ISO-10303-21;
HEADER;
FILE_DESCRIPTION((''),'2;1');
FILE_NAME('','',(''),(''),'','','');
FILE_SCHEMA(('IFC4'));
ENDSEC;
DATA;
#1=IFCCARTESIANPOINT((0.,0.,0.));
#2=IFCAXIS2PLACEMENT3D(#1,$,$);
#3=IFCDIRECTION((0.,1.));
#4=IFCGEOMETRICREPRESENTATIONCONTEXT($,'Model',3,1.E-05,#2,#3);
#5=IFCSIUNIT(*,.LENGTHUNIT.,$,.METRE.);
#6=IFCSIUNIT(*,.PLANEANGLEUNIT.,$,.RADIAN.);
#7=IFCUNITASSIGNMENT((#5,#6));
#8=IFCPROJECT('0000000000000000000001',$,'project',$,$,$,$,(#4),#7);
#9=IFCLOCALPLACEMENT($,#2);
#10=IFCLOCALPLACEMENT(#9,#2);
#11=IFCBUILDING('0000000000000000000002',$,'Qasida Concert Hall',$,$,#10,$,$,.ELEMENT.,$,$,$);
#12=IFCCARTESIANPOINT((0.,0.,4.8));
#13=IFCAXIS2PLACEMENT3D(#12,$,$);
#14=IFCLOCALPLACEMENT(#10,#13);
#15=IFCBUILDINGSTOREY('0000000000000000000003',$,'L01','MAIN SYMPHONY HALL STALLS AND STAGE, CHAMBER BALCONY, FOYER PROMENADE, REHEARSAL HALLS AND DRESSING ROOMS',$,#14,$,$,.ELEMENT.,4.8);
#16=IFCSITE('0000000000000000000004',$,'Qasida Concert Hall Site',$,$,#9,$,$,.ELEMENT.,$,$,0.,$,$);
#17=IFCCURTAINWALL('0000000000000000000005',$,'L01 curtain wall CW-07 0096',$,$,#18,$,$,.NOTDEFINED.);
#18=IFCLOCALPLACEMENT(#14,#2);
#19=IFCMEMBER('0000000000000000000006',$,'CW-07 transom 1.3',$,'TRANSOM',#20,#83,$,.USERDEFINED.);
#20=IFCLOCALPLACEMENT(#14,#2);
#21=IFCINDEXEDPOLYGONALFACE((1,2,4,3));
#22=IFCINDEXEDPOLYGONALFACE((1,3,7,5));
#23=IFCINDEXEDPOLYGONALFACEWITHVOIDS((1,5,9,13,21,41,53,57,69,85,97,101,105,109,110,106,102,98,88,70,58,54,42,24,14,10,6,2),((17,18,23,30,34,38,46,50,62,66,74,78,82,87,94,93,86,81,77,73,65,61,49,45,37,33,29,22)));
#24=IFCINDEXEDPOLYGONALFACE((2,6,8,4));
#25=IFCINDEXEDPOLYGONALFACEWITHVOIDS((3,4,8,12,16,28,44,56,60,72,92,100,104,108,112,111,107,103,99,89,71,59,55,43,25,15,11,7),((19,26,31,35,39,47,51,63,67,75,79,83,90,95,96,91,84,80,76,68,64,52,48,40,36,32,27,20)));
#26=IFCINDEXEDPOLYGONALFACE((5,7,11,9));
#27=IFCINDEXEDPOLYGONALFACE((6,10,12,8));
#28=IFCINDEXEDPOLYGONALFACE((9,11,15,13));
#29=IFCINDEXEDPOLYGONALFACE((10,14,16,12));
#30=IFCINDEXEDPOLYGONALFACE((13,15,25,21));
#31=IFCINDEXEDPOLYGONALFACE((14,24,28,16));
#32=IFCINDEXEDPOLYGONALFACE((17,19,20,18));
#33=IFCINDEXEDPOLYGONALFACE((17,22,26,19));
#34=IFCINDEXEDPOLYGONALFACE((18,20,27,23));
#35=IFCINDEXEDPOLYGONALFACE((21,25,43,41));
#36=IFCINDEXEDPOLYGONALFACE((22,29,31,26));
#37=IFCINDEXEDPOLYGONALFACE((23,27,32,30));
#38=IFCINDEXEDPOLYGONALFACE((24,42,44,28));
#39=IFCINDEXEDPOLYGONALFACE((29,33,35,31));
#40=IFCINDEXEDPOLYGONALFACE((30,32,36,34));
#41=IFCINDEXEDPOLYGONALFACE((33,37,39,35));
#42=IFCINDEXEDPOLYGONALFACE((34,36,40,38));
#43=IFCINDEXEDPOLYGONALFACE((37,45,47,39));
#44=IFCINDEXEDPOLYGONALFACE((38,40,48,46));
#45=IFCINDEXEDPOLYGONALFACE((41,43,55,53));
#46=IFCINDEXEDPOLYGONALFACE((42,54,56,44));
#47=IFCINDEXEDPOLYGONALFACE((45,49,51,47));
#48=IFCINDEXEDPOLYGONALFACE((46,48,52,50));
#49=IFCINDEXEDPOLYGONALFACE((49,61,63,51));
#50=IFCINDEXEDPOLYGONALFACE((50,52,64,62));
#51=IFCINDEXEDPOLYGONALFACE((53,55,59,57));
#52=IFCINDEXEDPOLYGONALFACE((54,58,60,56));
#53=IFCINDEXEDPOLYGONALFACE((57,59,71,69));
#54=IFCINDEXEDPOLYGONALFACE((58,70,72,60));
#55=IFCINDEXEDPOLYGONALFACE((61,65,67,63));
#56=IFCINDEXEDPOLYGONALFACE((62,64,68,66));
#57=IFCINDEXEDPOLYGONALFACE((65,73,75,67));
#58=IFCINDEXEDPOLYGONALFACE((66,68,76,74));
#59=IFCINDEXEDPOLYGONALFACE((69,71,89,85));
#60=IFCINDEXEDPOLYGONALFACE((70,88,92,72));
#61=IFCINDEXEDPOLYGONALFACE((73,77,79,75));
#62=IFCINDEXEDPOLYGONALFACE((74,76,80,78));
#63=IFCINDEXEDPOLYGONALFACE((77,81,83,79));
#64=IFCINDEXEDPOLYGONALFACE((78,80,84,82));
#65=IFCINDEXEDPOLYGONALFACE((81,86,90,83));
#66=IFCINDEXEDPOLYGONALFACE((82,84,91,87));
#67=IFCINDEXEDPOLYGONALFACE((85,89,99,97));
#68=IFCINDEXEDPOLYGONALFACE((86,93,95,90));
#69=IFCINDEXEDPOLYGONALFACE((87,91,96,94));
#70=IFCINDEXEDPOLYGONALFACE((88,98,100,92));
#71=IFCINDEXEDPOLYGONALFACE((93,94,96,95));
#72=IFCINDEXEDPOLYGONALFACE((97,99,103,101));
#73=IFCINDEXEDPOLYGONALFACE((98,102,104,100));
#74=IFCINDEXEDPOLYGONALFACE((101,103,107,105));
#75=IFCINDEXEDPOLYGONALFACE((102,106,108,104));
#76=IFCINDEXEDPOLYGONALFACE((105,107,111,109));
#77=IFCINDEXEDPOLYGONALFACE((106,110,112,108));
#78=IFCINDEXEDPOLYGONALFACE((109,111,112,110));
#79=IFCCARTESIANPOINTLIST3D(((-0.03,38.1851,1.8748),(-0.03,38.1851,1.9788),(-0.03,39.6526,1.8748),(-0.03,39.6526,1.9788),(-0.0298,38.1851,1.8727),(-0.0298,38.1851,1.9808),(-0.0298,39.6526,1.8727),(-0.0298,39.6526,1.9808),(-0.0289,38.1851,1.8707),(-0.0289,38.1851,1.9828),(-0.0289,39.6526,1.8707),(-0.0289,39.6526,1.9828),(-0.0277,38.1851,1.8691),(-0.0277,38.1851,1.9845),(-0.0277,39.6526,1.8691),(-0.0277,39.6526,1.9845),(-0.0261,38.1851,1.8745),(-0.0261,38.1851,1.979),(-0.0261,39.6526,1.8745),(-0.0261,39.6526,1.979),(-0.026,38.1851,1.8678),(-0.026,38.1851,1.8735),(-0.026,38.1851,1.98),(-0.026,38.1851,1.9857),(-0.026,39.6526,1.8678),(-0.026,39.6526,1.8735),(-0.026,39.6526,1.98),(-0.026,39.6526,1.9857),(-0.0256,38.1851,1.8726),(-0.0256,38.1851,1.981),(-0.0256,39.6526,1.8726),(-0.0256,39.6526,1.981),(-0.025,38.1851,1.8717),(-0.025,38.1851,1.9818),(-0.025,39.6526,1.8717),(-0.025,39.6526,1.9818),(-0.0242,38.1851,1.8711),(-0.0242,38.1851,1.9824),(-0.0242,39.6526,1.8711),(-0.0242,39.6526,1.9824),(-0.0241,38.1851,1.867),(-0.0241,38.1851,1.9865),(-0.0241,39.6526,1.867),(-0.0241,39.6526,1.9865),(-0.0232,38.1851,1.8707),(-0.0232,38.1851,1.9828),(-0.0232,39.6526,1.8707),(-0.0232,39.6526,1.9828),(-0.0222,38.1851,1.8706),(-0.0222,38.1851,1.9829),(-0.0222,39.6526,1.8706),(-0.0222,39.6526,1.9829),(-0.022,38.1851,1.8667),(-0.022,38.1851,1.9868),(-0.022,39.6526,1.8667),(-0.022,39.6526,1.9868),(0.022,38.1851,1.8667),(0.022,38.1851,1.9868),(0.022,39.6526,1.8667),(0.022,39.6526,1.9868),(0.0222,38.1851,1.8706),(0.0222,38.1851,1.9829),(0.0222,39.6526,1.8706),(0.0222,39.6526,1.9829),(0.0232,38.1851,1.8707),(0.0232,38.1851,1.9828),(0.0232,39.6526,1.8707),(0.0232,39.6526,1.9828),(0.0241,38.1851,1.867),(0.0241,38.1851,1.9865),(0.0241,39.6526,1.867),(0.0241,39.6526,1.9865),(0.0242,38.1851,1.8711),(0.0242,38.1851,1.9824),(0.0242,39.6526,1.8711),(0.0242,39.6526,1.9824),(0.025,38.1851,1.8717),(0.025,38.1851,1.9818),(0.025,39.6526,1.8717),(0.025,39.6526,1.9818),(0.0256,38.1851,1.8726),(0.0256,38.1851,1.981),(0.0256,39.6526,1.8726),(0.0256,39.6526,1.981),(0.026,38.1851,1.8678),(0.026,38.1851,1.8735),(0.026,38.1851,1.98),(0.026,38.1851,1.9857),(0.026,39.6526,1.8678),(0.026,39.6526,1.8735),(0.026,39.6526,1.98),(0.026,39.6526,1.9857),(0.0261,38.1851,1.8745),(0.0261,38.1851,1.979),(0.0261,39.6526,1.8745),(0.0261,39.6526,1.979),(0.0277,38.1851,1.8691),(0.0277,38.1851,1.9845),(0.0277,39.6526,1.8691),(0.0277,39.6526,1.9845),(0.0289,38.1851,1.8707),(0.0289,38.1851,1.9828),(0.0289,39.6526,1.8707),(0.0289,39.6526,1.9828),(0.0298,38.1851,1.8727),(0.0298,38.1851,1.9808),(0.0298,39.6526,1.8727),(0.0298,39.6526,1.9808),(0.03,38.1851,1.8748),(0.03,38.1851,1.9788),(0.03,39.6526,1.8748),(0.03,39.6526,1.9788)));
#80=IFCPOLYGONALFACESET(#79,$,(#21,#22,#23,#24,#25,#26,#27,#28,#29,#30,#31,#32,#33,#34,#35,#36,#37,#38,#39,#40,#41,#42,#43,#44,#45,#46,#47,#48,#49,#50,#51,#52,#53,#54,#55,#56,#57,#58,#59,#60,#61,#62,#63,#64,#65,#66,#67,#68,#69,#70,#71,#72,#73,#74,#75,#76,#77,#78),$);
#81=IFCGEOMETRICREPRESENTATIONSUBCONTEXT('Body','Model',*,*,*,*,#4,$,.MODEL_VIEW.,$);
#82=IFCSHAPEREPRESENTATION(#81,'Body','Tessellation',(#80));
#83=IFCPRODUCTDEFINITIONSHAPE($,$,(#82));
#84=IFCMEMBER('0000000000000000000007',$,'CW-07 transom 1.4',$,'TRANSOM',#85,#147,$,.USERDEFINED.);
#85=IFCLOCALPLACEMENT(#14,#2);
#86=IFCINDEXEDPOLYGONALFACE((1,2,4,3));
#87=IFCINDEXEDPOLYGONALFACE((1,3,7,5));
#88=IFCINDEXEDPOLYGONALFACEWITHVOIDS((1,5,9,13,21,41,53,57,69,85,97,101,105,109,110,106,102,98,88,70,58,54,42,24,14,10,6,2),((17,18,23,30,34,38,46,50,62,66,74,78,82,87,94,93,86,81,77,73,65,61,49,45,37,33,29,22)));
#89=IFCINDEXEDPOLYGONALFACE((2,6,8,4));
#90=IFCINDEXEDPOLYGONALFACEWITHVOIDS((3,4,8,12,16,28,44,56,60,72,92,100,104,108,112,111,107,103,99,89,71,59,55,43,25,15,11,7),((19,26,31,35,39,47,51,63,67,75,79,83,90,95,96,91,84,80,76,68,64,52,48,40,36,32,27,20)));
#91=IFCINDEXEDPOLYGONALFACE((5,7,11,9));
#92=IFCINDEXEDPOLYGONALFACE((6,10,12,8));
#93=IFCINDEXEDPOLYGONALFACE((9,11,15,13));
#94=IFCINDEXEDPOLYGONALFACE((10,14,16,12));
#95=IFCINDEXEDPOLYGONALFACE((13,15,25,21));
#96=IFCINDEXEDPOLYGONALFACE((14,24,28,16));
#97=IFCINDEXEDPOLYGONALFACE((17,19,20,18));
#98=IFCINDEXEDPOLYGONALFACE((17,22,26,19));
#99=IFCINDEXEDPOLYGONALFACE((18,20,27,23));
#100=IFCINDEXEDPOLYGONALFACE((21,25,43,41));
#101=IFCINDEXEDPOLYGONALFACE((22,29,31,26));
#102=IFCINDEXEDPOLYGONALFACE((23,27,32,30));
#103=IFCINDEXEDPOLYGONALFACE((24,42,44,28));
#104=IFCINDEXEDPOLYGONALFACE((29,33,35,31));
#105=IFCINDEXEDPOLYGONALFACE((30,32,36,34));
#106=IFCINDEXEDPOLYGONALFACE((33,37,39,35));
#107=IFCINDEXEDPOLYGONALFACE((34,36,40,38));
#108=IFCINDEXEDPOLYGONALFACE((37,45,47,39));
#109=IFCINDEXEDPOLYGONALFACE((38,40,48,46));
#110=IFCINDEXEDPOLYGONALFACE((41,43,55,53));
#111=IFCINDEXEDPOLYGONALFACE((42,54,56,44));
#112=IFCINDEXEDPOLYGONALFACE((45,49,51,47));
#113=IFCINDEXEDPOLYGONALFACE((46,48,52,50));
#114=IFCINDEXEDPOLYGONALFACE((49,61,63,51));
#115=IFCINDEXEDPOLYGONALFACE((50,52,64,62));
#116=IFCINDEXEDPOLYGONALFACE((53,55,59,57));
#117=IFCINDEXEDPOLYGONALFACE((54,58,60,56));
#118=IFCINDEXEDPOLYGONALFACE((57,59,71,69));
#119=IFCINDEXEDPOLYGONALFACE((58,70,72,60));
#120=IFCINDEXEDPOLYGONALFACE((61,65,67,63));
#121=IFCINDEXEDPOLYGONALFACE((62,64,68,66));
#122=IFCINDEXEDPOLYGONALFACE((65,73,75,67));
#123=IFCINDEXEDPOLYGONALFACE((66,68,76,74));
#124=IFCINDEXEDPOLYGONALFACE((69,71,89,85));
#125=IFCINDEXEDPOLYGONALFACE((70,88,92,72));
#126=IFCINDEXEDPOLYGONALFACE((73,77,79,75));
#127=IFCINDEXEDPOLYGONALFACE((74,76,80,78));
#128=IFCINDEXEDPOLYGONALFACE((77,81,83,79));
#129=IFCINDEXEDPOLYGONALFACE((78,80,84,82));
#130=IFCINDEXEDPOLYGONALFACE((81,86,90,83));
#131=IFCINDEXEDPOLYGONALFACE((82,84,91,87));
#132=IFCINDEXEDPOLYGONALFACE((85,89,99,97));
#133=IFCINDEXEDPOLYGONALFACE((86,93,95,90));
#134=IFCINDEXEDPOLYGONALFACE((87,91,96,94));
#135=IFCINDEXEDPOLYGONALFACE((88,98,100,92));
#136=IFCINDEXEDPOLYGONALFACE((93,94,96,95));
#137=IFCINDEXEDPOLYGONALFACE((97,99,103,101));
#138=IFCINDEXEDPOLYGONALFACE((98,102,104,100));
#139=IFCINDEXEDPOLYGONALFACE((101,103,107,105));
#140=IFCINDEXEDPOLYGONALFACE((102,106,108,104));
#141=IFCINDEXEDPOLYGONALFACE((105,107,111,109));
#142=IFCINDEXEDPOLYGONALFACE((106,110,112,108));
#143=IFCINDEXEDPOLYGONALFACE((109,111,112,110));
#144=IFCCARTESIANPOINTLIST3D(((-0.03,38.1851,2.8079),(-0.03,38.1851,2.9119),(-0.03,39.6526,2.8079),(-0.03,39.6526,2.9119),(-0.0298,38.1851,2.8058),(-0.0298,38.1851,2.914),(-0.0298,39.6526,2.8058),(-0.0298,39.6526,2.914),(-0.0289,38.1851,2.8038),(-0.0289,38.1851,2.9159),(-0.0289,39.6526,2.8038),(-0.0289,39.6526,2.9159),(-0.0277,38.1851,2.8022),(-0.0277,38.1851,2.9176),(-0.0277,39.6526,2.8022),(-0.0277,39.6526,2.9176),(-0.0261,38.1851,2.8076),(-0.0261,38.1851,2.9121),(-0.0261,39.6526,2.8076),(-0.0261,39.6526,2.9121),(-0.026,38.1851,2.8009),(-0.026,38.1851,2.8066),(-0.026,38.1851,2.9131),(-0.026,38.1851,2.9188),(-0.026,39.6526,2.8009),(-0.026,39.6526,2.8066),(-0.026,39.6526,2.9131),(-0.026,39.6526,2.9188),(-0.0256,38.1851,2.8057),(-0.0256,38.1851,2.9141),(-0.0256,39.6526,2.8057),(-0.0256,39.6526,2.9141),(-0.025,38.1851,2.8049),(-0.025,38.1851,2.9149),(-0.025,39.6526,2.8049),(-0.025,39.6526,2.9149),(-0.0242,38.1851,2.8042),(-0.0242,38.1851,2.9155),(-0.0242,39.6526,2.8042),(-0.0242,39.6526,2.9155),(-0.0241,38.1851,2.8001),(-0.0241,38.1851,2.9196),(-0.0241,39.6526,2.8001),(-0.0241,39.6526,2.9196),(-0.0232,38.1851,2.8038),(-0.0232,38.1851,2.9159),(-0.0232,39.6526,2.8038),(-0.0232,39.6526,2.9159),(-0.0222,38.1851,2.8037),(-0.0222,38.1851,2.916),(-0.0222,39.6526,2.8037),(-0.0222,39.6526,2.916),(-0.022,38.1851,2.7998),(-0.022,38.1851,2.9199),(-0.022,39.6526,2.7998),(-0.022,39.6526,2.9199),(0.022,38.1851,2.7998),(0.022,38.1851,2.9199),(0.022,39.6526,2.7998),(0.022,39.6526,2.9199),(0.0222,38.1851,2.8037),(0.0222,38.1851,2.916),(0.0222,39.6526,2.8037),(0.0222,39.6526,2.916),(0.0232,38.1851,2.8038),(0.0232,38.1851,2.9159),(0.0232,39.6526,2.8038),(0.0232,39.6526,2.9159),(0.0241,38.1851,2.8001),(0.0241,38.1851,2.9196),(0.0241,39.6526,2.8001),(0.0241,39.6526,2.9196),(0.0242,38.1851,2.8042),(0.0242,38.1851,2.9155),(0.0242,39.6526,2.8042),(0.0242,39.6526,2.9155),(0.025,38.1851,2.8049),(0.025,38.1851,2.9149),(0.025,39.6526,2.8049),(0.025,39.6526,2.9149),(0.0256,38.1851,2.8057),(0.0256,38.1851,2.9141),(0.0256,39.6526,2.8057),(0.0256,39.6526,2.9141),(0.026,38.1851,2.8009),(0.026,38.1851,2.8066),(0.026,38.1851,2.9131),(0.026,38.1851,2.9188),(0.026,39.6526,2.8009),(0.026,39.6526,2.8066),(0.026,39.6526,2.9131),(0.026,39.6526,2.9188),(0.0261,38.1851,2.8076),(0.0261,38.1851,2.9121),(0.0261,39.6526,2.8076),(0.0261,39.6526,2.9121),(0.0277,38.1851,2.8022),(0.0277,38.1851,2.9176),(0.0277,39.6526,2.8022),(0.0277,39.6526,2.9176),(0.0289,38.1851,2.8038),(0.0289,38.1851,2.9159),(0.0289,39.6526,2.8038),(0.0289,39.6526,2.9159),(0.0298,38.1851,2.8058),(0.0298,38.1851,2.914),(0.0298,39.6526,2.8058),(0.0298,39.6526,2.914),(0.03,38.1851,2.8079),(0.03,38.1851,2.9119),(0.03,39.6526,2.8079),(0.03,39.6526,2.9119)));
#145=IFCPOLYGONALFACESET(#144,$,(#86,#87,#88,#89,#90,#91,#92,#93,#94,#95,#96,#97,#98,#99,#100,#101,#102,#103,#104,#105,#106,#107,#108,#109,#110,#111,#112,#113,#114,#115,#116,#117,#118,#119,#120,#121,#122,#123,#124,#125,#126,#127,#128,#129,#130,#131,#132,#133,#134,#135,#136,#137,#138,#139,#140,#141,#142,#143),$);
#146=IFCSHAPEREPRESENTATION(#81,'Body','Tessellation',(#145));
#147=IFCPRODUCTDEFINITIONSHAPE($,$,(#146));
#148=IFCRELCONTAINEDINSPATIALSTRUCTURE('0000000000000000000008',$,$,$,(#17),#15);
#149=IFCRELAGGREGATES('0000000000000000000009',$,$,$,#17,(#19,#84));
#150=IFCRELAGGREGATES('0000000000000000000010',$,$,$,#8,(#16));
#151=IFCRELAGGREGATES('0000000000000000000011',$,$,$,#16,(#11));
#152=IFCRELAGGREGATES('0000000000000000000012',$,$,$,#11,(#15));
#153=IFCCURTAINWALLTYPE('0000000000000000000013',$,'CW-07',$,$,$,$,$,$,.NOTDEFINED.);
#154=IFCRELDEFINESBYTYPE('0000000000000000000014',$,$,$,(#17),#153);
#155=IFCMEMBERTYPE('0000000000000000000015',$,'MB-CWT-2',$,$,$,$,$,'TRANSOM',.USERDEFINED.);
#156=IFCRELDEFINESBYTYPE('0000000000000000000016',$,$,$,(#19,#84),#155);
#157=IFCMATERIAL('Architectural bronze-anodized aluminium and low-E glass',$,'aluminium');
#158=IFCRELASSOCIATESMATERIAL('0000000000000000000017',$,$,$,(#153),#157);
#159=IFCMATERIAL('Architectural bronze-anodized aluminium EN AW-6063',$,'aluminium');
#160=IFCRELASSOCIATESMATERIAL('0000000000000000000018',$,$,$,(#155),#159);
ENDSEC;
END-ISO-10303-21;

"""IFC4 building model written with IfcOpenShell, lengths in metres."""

from ifc_helpers import new_model, si_unit, direction, frame, origin, origin_2d, place, context, subcontext, project, spatial, hollow_rectangle, extrude, material, material_profile, profile_set, type_object, element, aggregate, save


model = new_model("IFC4")

# Units and contexts
model_context = context("Model", 3, precision=1e-05, world=origin(), true_north=direction((0.0, 1.0)))
body_context = subcontext(model_context, "Body", "Model", "MODEL_VIEW")
ifc_project = project(units=[si_unit("LENGTHUNIT", "METRE"), si_unit("PLANEANGLEUNIT", "RADIAN")], contexts=[model_context])

# Site, building, storey
site_placement = place(None, origin())
site = spatial("IfcSite", under=ifc_project, at=site_placement, Name="Qasida Concert Hall Site", CompositionType="ELEMENT", RefElevation=0.0)
building_placement = place(site_placement, origin())
building = spatial("IfcBuilding", under=site, at=building_placement, Name="Qasida Concert Hall", CompositionType="ELEMENT")
storey_placement = place(building_placement, frame((0.0, 0.0, 4.8)))
storey = spatial("IfcBuildingStorey", under=building, at=storey_placement, Name="L01", Description="MAIN SYMPHONY HALL STALLS AND STAGE, CHAMBER BALCONY, FOYER PROMENADE, REHEARSAL HALLS AND DRESSING ROOMS", CompositionType="ELEMENT", Elevation=4.8)

# Curtain wall, members
ifc_material_1 = material(Name="Architectural bronze-anodized aluminium and low-E glass", Category="aluminium")
curtain_wall_type = type_object("IfcCurtainWallType", Name="CW-07", PredefinedType="NOTDEFINED", material=ifc_material_1)
curtain_wall_placement = place(storey_placement, origin())
curtain_wall = element("IfcCurtainWall", 1, at=curtain_wall_placement, inside=storey, type_object=curtain_wall_type, Name="L01 curtain wall CW-07 0096", PredefinedType="NOTDEFINED")
ifc_material_2 = material(Name="Architectural bronze-anodized aluminium EN AW-6063", Category="aluminium")
ifc_material_profile_1 = material_profile(ifc_material_2, hollow_rectangle(XDim=0.0601, YDim=0.1201, WallThickness=0.0039, InnerFilletRadius=0.0039, OuterFilletRadius=0.0081, at=origin_2d()), Name="CWT 120x60x4")
ifc_profile_set_1 = profile_set([ifc_material_profile_1], Name="Architectural bronze-anodized aluminium EN AW-6063")
member_type_1 = type_object("IfcMemberType", Name="MB-CWT-2", ElementType="TRANSOM", PredefinedType="USERDEFINED", material=ifc_profile_set_1)
member_1_placement = place(storey_placement, frame((0.0, 38.1851, 1.9268), z_axis=(0.0, 1.0, 0.0), x_axis=(-1.0, 0.0, 0.0)))
member_1 = element("IfcMember", 2, at=member_1_placement, type_object=member_type_1, Name="CW-07 transom 1.3", ObjectType="TRANSOM", PredefinedType="USERDEFINED", context=body_context, shape_type="SweptSolid", body=[
    extrude(hollow_rectangle(XDim=0.0601, YDim=0.1201, WallThickness=0.0039, InnerFilletRadius=0.0039, OuterFilletRadius=0.0081, at=origin_2d()), origin(), (0.0, 0.0, 1.0), 1.4675),
])
member_2_placement = place(storey_placement, frame((0.0, 38.1851, 2.8599), z_axis=(0.0, 1.0, 0.0), x_axis=(-1.0, 0.0, 0.0)))
member_2 = element("IfcMember", 3, at=member_2_placement, type_object=member_type_1, Name="CW-07 transom 1.4", ObjectType="TRANSOM", PredefinedType="USERDEFINED", context=body_context, shape_type="SweptSolid", body=[
    extrude(hollow_rectangle(XDim=0.0601, YDim=0.1201, WallThickness=0.0039, InnerFilletRadius=0.0039, OuterFilletRadius=0.0081, at=origin_2d()), origin(), (0.0, 0.0, 1.0), 1.4675),
])
aggregate(curtain_wall, [member_1, member_2])

save(model, "model.ifc")
